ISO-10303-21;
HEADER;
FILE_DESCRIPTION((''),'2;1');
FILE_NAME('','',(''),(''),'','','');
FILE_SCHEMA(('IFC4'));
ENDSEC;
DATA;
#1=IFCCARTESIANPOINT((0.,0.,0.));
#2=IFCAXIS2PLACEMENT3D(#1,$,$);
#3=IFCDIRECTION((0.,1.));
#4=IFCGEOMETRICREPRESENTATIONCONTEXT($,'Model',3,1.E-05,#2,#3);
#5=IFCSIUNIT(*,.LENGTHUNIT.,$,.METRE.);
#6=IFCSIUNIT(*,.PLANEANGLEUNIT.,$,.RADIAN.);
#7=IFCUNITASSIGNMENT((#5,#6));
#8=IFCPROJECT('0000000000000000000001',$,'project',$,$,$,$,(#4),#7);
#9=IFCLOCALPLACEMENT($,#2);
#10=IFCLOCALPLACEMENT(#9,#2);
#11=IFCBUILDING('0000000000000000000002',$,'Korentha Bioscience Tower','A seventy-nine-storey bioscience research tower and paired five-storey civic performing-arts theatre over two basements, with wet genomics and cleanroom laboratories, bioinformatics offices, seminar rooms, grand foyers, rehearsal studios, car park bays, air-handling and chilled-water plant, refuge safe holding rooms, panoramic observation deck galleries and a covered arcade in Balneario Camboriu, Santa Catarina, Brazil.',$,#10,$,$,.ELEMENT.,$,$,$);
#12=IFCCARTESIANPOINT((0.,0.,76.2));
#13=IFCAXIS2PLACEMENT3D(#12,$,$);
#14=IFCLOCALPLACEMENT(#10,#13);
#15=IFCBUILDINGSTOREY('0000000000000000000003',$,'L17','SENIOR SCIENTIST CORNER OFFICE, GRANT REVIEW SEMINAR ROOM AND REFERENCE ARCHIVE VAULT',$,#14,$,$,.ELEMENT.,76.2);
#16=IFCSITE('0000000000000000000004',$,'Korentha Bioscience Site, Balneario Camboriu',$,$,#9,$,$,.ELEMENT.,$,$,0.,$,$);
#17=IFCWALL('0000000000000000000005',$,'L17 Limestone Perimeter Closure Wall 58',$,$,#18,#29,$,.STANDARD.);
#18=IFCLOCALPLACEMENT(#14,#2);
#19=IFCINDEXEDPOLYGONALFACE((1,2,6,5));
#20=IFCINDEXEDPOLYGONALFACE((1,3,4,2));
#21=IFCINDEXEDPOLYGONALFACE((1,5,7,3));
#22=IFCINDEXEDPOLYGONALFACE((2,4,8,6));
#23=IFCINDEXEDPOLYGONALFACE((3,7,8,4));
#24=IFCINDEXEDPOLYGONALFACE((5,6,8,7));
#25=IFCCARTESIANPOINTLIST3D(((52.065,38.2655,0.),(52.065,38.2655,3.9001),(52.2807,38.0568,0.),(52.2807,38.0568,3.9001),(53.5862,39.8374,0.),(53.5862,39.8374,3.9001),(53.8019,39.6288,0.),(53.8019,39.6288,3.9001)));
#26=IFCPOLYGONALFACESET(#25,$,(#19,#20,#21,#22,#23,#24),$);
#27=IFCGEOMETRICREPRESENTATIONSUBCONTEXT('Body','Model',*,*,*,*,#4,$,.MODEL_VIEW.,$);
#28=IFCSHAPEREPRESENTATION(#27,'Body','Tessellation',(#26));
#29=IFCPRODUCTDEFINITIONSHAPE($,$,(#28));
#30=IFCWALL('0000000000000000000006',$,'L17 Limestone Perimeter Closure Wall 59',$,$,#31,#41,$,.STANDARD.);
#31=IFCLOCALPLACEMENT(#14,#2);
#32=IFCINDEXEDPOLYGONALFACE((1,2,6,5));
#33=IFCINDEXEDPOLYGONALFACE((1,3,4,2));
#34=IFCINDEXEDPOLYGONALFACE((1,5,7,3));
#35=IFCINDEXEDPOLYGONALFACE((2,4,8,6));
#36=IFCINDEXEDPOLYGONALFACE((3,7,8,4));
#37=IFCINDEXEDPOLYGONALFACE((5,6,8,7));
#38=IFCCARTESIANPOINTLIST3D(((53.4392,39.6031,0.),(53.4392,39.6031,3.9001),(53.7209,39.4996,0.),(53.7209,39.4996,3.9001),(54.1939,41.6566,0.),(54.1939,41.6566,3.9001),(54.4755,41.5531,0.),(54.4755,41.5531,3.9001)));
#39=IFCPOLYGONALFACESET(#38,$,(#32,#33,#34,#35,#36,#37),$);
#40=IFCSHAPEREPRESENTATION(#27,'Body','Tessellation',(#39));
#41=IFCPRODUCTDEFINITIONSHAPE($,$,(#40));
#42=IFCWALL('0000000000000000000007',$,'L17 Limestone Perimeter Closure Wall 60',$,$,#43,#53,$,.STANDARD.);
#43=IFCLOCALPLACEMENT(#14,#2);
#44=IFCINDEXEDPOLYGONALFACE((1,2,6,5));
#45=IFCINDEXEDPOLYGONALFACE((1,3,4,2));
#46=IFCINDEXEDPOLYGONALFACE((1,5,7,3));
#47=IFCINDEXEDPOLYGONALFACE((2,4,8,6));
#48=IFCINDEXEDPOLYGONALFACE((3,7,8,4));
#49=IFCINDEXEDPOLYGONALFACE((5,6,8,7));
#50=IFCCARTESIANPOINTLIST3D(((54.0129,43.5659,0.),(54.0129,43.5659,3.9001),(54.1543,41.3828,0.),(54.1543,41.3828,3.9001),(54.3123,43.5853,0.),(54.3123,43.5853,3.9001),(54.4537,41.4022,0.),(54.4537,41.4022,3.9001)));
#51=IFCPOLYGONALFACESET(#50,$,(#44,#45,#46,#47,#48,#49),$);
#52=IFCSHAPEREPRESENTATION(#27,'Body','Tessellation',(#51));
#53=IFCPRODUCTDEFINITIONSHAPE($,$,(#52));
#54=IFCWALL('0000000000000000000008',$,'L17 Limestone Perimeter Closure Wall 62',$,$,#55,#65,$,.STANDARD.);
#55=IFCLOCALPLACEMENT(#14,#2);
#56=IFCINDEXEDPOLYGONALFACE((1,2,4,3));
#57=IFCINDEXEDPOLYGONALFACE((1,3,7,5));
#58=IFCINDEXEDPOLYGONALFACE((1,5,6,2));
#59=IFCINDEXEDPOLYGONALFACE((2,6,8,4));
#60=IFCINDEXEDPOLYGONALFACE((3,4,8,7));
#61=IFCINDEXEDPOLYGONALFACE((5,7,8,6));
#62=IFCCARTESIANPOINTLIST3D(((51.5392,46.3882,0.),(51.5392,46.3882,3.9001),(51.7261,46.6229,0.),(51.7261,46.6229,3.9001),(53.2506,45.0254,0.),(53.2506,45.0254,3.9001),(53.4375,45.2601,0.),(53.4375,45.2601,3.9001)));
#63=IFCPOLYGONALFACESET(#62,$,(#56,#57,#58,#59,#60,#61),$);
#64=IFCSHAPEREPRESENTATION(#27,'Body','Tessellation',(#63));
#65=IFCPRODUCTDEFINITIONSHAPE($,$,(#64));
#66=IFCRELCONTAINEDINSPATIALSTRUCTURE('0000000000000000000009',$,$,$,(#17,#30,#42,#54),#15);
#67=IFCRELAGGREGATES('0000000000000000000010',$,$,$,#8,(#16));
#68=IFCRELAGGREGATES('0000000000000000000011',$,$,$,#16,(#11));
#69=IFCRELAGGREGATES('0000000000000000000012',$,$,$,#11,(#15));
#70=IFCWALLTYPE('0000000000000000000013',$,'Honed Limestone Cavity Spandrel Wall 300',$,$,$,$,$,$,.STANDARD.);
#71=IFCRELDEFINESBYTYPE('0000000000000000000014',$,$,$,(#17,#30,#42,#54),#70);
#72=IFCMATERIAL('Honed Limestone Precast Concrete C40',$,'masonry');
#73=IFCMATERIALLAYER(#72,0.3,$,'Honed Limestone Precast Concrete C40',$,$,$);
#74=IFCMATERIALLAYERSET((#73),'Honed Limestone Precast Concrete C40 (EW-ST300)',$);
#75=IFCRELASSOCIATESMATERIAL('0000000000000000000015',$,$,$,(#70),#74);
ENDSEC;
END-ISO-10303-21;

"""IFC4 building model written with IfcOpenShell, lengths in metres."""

from ifc_helpers import new_model, si_unit, direction, frame, frame_2d, origin, place, context, subcontext, project, spatial, rectangle, extrude, material, layer, layer_set, type_object, element, save


model = new_model("IFC4")

# Units and contexts
model_context = context("Model", 3, precision=1e-05, world=origin(), true_north=direction((0.0, 1.0)))
body_context = subcontext(model_context, "Body", "Model", "MODEL_VIEW")
ifc_project = project(units=[si_unit("LENGTHUNIT", "METRE"), si_unit("PLANEANGLEUNIT", "RADIAN")], contexts=[model_context])

# Site, building, storey
site_placement = place(None, origin())
site = spatial("IfcSite", under=ifc_project, at=site_placement, Name="Korentha Bioscience Site, Balneario Camboriu", CompositionType="ELEMENT", RefElevation=0.0)
building_placement = place(site_placement, origin())
building = spatial("IfcBuilding", under=site, at=building_placement, Name="Korentha Bioscience Tower", Description="A seventy-nine-storey bioscience research tower and paired five-storey civic performing-arts theatre over two basements, with wet genomics and cleanroom laboratories, bioinformatics offices, seminar rooms, grand foyers, rehearsal studios, car park bays, air-handling and chilled-water plant, refuge safe holding rooms, panoramic observation deck galleries and a covered arcade in Balneario Camboriu, Santa Catarina, Brazil.", CompositionType="ELEMENT")
storey_placement = place(building_placement, frame((0.0, 0.0, 76.2)))
storey = spatial("IfcBuildingStorey", under=building, at=storey_placement, Name="L17", Description="SENIOR SCIENTIST CORNER OFFICE, GRANT REVIEW SEMINAR ROOM AND REFERENCE ARCHIVE VAULT", CompositionType="ELEMENT", Elevation=76.2)

# Walls
ifc_material_1 = material(Name="Honed Limestone Precast Concrete C40", Category="masonry")
ifc_layer_1 = layer(ifc_material_1, 0.3, Name="Honed Limestone Precast Concrete C40")
ifc_layer_set_1 = layer_set([ifc_layer_1], Name="Honed Limestone Precast Concrete C40 (EW-ST300)")
wall_type = type_object("IfcWallType", Name="Honed Limestone Cavity Spandrel Wall 300", PredefinedType="STANDARD", material=ifc_layer_set_1)
wall_1_placement = place(storey_placement, frame((52.1729, 38.1611, 0.0), z_axis=(0.0, 0.0, 1.0), x_axis=(0.695405, 0.718618, 0.0)))
element("IfcWall", 1, at=wall_1_placement, inside=storey, type_object=wall_type, Name="L17 Limestone Perimeter Closure Wall 58", PredefinedType="STANDARD", context=body_context, shape_type="SweptSolid", body=[
    extrude(rectangle(XDim=2.1875, YDim=0.3, at=frame_2d((1.0938, 0.0))), origin(), (0.0, 0.0, 1.0), 3.9001),
])
for number, where, z_axis, x_axis, name in (
    (2, (53.5801, 39.5515, 0.0), (0.0, 0.0, 1.0), (0.34494, 0.938625, 0.0), "L17 Limestone Perimeter Closure Wall 59"),
    (3, (54.304, 41.3926, 0.0), (0.0, 0.0, 1.0), (-0.064615, 0.99791, 0.0), "L17 Limestone Perimeter Closure Wall 60"),
    (4, (53.344, 45.1428, 0.0), (0.0, 0.0, 1.0), (-0.782282, 0.622924, 0.0), "L17 Limestone Perimeter Closure Wall 62"),
):
    element("IfcWall", number, at=place(storey_placement, frame(where, z_axis=z_axis, x_axis=x_axis)), inside=storey, type_object=wall_type, Name=name, PredefinedType="STANDARD", context=body_context, shape_type="SweptSolid", body=[
        extrude(rectangle(XDim=2.1877, YDim=0.3, at=frame_2d((1.0938, 0.0))), origin(), (0.0, 0.0, 1.0), 3.9001),
    ])

save(model, "model.ifc")
